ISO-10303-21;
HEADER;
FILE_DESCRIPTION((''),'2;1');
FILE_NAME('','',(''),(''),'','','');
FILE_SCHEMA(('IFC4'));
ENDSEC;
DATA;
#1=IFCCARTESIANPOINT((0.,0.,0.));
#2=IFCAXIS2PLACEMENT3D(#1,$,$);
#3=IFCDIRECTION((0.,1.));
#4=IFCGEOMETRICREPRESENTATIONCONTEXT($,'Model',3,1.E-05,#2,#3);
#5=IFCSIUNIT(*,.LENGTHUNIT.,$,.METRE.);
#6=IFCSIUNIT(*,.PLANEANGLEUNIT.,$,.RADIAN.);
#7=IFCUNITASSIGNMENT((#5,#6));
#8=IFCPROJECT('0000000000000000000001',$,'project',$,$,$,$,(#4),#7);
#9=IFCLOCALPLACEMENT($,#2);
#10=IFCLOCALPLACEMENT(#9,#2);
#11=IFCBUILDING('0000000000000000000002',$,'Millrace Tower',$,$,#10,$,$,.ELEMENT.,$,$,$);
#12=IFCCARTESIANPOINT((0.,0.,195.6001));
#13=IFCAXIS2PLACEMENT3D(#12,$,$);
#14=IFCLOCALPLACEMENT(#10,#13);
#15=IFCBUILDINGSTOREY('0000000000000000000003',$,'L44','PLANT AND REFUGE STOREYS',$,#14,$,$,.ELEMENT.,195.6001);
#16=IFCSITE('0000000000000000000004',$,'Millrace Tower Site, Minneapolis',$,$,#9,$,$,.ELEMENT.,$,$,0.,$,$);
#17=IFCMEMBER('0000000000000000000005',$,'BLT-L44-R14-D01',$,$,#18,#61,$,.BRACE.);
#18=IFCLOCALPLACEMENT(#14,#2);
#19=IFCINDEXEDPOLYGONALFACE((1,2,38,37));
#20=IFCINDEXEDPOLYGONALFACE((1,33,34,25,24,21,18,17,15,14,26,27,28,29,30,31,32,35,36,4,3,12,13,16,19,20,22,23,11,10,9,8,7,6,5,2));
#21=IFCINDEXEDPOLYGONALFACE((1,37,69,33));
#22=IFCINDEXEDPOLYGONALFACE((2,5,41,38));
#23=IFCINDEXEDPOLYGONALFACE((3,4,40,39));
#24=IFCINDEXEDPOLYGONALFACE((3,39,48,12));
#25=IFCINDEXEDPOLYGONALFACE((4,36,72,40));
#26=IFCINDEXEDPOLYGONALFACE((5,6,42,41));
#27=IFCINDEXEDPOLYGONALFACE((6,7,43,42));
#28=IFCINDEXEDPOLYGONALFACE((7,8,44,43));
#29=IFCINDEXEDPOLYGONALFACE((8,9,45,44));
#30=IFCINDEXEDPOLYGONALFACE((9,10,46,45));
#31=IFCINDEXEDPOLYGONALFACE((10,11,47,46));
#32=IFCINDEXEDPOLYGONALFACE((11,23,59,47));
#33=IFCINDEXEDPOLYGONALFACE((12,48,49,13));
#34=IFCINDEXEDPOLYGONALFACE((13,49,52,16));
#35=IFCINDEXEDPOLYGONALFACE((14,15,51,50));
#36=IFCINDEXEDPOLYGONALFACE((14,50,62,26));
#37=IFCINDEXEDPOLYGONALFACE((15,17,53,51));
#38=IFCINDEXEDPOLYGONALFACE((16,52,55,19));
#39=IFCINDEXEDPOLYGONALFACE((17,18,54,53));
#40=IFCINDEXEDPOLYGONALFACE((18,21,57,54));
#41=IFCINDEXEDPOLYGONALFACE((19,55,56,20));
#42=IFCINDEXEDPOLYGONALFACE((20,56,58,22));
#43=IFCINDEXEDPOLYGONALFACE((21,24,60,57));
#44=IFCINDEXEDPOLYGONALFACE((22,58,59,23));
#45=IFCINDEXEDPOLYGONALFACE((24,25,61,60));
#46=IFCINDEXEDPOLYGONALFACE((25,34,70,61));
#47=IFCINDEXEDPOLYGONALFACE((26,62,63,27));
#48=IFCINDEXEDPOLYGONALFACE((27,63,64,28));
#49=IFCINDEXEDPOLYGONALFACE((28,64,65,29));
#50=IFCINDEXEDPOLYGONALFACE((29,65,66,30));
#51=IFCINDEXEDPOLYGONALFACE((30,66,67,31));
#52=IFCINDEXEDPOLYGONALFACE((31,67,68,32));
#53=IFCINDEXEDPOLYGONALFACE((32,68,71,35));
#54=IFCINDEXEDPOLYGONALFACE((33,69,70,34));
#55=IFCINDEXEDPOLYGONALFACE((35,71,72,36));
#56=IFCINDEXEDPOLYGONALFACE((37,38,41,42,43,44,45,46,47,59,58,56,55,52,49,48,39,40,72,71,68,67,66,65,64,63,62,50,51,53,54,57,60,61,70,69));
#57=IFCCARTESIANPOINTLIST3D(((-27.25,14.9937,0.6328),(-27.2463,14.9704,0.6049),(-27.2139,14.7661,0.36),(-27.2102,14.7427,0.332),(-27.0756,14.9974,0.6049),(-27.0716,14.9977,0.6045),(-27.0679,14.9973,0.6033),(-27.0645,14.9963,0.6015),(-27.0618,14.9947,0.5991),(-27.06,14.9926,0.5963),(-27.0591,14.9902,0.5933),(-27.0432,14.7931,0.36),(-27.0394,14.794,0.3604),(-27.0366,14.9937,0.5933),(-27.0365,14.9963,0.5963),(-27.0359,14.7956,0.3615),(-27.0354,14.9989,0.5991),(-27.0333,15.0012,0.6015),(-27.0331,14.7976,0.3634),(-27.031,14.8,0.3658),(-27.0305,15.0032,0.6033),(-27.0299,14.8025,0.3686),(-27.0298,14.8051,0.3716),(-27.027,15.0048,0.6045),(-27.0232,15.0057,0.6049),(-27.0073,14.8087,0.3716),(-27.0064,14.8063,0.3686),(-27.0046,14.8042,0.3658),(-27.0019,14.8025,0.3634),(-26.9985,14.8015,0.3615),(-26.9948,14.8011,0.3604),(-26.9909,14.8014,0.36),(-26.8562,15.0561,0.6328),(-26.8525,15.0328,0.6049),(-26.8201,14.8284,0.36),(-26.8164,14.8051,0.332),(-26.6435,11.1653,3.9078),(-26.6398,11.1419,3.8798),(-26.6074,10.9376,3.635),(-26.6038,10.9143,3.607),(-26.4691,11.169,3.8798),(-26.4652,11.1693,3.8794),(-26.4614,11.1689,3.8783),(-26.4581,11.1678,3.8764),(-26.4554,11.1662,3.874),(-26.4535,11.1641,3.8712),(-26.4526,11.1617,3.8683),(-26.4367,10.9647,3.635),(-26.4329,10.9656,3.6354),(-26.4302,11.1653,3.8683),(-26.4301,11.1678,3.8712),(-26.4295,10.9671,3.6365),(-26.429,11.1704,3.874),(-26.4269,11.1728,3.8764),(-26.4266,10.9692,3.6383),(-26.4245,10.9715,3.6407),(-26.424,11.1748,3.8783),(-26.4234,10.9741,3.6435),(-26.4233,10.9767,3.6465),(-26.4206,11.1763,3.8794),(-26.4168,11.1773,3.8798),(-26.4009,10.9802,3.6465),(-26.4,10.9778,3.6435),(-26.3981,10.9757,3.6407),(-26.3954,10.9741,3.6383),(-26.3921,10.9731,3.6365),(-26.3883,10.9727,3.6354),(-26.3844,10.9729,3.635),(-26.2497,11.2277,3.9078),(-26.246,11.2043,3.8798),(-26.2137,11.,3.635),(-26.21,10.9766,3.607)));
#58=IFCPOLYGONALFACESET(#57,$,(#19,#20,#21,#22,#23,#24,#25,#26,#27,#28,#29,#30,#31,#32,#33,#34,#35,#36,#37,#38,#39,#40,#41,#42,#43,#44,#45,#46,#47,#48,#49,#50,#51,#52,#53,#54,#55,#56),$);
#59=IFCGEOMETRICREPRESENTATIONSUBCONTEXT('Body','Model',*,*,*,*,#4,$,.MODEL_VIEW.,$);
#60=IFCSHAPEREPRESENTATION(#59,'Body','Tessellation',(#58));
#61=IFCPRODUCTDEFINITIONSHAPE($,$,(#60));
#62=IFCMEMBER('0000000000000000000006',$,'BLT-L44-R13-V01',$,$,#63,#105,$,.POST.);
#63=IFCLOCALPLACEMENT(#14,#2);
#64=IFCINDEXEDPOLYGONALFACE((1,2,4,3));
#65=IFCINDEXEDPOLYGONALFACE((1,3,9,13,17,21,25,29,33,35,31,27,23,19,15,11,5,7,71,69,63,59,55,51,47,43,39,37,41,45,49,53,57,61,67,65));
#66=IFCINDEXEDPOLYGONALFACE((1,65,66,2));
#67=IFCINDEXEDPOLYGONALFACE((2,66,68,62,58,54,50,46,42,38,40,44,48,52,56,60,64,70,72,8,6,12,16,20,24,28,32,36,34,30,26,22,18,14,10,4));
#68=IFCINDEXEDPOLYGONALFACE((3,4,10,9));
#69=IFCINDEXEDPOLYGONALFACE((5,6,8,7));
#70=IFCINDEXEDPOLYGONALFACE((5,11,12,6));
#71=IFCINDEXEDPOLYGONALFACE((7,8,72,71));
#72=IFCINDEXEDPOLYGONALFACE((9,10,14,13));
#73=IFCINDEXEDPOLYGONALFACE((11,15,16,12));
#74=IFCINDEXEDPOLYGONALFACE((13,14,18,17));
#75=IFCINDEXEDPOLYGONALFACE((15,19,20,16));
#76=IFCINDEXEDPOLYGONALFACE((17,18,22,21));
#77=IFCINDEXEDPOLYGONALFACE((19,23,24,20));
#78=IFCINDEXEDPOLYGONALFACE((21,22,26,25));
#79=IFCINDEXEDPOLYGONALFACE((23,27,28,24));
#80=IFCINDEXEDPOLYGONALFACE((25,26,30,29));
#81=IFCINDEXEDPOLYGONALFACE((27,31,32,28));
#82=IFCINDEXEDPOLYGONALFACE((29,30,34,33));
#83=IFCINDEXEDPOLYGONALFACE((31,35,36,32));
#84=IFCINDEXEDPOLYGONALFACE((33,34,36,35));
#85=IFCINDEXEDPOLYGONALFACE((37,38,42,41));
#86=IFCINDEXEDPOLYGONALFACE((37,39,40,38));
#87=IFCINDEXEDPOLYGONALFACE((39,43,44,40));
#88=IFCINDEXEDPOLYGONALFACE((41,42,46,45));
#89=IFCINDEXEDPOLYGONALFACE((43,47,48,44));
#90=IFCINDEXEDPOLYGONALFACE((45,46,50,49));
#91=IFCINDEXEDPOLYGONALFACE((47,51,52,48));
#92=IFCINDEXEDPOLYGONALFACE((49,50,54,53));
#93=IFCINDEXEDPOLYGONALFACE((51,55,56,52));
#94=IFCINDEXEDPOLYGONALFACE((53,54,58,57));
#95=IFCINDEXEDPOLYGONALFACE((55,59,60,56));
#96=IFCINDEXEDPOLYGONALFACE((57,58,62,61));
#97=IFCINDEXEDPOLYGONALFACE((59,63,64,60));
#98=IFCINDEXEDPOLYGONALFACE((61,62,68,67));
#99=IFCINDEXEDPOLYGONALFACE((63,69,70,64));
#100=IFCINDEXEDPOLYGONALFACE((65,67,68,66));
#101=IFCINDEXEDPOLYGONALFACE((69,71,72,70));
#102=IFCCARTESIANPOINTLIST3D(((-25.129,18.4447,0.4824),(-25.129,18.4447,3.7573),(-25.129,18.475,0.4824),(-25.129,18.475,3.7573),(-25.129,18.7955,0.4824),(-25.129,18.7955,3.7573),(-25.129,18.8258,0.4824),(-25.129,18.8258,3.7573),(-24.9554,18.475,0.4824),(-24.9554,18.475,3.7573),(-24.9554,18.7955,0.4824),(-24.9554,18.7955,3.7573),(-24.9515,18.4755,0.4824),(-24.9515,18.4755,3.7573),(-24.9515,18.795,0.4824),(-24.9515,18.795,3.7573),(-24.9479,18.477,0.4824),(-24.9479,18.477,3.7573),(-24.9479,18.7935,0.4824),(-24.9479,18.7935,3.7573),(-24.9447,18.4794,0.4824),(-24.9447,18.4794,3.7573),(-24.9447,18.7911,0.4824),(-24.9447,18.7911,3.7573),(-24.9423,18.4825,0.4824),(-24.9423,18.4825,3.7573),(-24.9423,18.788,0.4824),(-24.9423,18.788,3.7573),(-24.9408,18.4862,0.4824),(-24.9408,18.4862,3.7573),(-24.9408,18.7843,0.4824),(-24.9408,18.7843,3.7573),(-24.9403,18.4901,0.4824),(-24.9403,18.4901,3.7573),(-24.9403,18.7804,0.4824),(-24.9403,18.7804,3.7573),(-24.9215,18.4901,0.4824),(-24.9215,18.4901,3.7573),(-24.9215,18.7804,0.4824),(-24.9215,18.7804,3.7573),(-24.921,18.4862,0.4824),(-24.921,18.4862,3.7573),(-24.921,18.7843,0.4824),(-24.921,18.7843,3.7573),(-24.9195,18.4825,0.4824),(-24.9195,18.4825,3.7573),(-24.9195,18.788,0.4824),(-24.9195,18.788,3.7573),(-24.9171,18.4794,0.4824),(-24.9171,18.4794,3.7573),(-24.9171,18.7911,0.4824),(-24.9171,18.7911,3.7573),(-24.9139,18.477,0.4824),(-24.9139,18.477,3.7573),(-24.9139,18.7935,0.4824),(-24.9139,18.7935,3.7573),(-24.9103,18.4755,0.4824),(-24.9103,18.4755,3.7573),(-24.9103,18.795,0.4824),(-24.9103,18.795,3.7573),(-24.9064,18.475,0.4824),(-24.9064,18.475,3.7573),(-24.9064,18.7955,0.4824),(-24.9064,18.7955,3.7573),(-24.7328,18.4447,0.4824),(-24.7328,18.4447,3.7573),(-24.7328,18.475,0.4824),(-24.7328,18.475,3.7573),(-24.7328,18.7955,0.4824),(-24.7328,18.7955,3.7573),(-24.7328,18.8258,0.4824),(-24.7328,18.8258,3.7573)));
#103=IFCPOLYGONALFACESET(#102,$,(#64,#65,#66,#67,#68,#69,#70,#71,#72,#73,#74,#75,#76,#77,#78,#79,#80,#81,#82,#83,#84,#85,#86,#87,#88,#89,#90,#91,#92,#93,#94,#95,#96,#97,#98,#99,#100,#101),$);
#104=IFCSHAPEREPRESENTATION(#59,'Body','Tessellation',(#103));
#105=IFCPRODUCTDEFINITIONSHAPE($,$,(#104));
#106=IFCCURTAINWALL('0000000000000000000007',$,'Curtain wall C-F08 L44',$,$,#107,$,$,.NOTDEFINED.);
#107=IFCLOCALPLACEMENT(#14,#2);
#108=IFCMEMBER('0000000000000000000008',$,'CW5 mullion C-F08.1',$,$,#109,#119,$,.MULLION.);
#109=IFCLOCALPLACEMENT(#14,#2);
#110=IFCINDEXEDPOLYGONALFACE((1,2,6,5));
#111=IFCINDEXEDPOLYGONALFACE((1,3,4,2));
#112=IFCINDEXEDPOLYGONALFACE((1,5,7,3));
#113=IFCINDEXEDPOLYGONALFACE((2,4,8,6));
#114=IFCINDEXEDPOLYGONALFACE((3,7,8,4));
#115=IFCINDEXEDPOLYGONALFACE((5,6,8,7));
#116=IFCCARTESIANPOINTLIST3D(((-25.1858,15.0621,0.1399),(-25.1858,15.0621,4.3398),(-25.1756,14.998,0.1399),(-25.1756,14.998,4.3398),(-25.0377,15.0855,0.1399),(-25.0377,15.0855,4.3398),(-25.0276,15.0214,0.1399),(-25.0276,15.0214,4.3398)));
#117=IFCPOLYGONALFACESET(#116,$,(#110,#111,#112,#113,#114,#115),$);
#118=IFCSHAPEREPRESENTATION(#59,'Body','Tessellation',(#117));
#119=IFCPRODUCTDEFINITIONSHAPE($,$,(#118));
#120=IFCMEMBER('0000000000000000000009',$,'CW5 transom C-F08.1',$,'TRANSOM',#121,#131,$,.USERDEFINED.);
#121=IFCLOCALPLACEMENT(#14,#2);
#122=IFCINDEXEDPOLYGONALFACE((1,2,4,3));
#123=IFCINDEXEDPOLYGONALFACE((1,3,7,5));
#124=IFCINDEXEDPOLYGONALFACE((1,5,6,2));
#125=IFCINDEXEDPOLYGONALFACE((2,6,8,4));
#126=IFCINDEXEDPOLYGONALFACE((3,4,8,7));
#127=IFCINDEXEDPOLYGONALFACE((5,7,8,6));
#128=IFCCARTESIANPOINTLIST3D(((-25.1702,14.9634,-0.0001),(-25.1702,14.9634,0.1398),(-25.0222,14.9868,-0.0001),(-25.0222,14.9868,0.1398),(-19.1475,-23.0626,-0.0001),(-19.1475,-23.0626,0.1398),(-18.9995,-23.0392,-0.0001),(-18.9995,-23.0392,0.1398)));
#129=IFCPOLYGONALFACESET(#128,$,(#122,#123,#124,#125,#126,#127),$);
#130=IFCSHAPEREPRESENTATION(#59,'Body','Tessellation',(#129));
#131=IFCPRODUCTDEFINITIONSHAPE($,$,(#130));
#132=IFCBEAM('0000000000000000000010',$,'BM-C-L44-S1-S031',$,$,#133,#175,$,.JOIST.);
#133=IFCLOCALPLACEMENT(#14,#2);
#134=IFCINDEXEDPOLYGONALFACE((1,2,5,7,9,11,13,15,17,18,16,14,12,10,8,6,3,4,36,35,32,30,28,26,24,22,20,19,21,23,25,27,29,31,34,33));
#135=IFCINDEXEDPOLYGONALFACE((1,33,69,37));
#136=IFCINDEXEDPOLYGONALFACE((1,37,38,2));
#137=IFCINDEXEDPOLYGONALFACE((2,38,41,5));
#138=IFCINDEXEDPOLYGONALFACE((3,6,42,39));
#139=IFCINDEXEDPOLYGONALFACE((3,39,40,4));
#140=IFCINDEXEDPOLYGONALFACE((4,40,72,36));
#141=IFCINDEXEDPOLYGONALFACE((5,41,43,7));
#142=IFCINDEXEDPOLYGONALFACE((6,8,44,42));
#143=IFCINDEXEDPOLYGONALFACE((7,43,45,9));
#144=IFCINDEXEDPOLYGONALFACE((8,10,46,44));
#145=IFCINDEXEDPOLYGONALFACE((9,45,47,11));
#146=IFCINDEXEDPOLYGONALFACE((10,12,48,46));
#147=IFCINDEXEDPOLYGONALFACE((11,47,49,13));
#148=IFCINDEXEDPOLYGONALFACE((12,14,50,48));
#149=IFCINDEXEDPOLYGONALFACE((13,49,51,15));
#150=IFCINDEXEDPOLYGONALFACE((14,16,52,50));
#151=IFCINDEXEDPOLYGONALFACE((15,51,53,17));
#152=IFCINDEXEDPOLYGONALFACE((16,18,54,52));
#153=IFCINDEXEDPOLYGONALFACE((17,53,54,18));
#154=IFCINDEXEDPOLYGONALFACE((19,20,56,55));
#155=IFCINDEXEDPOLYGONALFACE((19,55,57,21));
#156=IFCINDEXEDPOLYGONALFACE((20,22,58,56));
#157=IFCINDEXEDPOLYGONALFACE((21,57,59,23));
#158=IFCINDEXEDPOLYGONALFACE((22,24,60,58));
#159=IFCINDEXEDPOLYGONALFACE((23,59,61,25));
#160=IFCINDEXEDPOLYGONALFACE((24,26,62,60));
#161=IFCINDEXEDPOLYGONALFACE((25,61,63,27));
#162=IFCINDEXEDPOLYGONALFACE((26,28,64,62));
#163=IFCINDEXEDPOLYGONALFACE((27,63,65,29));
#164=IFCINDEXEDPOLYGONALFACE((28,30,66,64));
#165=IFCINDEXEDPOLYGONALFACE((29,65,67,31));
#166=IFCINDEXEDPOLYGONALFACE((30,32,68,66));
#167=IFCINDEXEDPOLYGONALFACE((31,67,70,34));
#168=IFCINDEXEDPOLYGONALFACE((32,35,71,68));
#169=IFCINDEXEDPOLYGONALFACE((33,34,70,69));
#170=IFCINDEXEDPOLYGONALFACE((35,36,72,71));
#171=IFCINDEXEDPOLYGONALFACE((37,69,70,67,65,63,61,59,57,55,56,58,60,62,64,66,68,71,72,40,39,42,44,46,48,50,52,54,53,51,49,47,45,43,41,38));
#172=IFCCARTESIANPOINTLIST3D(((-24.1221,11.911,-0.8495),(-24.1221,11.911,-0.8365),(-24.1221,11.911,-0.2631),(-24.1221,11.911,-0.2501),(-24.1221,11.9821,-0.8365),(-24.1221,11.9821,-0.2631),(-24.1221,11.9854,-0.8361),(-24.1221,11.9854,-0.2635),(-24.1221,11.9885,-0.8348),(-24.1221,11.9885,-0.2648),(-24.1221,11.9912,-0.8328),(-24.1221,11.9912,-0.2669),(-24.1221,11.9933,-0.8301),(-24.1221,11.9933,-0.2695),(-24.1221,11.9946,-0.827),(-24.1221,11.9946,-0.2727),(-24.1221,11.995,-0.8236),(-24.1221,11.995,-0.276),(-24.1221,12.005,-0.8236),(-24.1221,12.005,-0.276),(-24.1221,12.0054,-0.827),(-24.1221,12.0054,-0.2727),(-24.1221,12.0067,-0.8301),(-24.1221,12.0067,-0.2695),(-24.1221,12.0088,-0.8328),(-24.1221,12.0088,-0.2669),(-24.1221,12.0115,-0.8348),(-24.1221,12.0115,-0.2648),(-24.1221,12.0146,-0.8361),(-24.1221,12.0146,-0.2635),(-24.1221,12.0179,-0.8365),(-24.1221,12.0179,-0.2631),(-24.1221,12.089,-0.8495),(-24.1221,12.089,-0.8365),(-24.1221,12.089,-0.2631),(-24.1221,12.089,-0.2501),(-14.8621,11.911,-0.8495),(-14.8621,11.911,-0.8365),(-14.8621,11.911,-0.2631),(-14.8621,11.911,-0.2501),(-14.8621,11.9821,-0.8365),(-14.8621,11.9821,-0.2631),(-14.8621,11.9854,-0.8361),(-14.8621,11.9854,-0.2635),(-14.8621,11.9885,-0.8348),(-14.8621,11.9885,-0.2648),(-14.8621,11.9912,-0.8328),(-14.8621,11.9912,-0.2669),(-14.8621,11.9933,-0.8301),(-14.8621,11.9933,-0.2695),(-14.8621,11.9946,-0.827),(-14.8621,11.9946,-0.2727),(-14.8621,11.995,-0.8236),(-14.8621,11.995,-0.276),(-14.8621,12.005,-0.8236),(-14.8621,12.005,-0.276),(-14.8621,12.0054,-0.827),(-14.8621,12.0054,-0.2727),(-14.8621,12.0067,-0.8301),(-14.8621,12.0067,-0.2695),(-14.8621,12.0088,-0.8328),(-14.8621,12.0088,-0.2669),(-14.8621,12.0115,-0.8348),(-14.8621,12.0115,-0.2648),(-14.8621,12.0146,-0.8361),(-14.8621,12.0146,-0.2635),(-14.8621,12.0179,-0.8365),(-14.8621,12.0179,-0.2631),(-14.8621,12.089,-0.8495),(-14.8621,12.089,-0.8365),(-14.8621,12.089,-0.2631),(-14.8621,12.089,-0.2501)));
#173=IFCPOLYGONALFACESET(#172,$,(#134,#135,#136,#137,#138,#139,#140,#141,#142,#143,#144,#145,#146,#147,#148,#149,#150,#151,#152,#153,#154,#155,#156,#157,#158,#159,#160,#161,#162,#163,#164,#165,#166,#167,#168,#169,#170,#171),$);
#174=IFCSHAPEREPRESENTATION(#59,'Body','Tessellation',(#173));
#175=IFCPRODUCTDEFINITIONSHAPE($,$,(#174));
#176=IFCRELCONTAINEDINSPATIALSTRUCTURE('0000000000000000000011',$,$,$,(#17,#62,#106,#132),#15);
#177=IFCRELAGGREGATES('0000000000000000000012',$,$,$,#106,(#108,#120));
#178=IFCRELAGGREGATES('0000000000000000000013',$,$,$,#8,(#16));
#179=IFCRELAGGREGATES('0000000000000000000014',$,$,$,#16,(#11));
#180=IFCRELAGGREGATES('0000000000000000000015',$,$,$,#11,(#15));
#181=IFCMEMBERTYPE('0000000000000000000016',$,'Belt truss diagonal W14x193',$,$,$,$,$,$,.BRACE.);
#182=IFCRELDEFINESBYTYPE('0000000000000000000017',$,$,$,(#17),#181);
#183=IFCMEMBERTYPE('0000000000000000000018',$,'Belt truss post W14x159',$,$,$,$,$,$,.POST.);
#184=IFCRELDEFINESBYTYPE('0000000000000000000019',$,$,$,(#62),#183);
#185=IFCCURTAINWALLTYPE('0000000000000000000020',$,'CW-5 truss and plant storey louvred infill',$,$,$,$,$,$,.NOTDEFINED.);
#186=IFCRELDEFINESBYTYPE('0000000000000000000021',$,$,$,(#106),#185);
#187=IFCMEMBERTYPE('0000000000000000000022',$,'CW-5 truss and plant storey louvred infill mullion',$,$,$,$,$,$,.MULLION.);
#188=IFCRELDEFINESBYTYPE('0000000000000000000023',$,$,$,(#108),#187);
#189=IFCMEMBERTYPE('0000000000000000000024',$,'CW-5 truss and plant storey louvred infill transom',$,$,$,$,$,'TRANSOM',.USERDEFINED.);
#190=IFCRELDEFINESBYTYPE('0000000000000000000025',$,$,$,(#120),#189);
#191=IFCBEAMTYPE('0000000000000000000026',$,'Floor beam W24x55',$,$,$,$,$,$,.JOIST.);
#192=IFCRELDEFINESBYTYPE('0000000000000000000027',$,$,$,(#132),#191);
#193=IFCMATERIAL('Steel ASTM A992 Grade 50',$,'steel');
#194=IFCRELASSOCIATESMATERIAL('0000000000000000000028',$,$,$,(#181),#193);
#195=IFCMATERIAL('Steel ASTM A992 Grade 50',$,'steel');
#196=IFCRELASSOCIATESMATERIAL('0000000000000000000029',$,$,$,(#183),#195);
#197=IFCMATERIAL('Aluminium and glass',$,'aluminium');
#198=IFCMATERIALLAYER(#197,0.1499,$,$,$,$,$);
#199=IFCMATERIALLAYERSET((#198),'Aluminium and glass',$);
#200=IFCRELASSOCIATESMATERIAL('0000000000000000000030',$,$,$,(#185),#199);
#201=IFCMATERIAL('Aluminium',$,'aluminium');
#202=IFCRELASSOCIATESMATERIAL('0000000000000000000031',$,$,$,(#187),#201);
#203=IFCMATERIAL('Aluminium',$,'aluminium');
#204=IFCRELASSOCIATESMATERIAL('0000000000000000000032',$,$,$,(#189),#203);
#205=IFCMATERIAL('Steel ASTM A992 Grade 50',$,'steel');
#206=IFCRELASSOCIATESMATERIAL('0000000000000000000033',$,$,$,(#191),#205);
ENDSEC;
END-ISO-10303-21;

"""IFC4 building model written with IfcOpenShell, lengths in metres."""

from ifc_helpers import new_model, si_unit, direction, frame, origin, origin_2d, place, context, subcontext, project, spatial, rectangle, i_section, extrude, material, layer, layer_set, material_profile, profile_set, type_object, element, aggregate, save


model = new_model("IFC4")

# Units and contexts
model_context = context("Model", 3, precision=1e-05, world=origin(), true_north=direction((0.0, 1.0)))
body_context = subcontext(model_context, "Body", "Model", "MODEL_VIEW")
ifc_project = project(units=[si_unit("LENGTHUNIT", "METRE"), si_unit("PLANEANGLEUNIT", "RADIAN")], contexts=[model_context])

# Site, building, storey
site_placement = place(None, origin())
site = spatial("IfcSite", under=ifc_project, at=site_placement, Name="Millrace Tower Site, Minneapolis", CompositionType="ELEMENT", RefElevation=0.0)
building_placement = place(site_placement, origin())
building = spatial("IfcBuilding", under=site, at=building_placement, Name="Millrace Tower", CompositionType="ELEMENT")
storey_placement = place(building_placement, frame((0.0, 0.0, 195.6001)))
storey = spatial("IfcBuildingStorey", under=building, at=storey_placement, Name="L44", Description="PLANT AND REFUGE STOREYS", CompositionType="ELEMENT", Elevation=195.6001)

# Members
ifc_material_1 = material(Name="Steel ASTM A992 Grade 50", Category="steel")
ifc_material_profile_1 = material_profile(ifc_material_1, i_section(OverallWidth=0.3987, OverallDepth=0.3938, WebThickness=0.0227, FlangeThickness=0.0366, FilletRadius=0.0151, at=origin_2d()))
ifc_profile_set_1 = profile_set([ifc_material_profile_1], Name="Steel ASTM A992 Grade 50")
member_type_1 = type_object("IfcMemberType", Name="Belt truss diagonal W14x193", PredefinedType="BRACE", material=ifc_profile_set_1)
member_1_placement = place(storey_placement, frame((-27.0332, 14.8994, 0.4824), z_axis=(0.119512, -0.754453, 0.645382), x_axis=(0.987685, 0.156457, 0.0)))
element("IfcMember", 1, at=member_1_placement, inside=storey, type_object=member_type_1, Name="BLT-L44-R14-D01", PredefinedType="BRACE", context=body_context, shape_type="SweptSolid", body=[
    extrude(i_section(OverallWidth=0.3987, OverallDepth=0.3938, WebThickness=0.0227, FlangeThickness=0.0366, FilletRadius=0.0151, at=origin_2d()), origin(), (0.0, 0.0, 1.0), 5.0745),
])
ifc_material_2 = material(Name="Steel ASTM A992 Grade 50", Category="steel")
ifc_material_profile_2 = material_profile(ifc_material_2, i_section(OverallWidth=0.3962, OverallDepth=0.3811, WebThickness=0.0188, FlangeThickness=0.0303, FilletRadius=0.0151, at=origin_2d()))
ifc_profile_set_2 = profile_set([ifc_material_profile_2], Name="Steel ASTM A992 Grade 50")
member_type_2 = type_object("IfcMemberType", Name="Belt truss post W14x159", PredefinedType="POST", material=ifc_profile_set_2)
member_2_placement = place(storey_placement, frame((-24.9309, 18.6353, 0.4824), z_axis=(0.0, 0.0, 1.0), x_axis=(1.0, 0.0, 0.0)))
element("IfcMember", 2, at=member_2_placement, inside=storey, type_object=member_type_2, Name="BLT-L44-R13-V01", PredefinedType="POST", context=body_context, shape_type="SweptSolid", body=[
    extrude(i_section(OverallWidth=0.3962, OverallDepth=0.3811, WebThickness=0.0188, FlangeThickness=0.0303, FilletRadius=0.0151, at=origin_2d()), origin(), (0.0, 0.0, 1.0), 3.2749),
])

# Curtain wall, members
ifc_material_3 = material(Name="Aluminium and glass", Category="aluminium")
ifc_layer_1 = layer(ifc_material_3, 0.1499)
ifc_layer_set_1 = layer_set([ifc_layer_1], Name="Aluminium and glass")
curtain_wall_type = type_object("IfcCurtainWallType", Name="CW-5 truss and plant storey louvred infill", PredefinedType="NOTDEFINED", material=ifc_layer_set_1)
curtain_wall_placement = place(storey_placement, origin())
curtain_wall = element("IfcCurtainWall", 3, at=curtain_wall_placement, inside=storey, type_object=curtain_wall_type, Name="Curtain wall C-F08 L44", PredefinedType="NOTDEFINED")
ifc_material_4 = material(Name="Aluminium", Category="aluminium")
ifc_material_profile_3 = material_profile(ifc_material_4, rectangle(XDim=0.0649, YDim=0.1499, at=origin_2d()))
ifc_profile_set_3 = profile_set([ifc_material_profile_3], Name="Aluminium")
member_type_3 = type_object("IfcMemberType", Name="CW-5 truss and plant storey louvred infill mullion", PredefinedType="MULLION", material=ifc_profile_set_3)
member_3_placement = place(storey_placement, frame((-25.1067, 15.0417, 0.1399), z_axis=(0.0, 0.0, 1.0), x_axis=(0.156434, -0.987688, 0.0)))
member_3 = element("IfcMember", 4, at=member_3_placement, type_object=member_type_3, Name="CW5 mullion C-F08.1", PredefinedType="MULLION", context=body_context, shape_type="SweptSolid", body=[
    extrude(rectangle(XDim=0.0649, YDim=0.1499, at=origin_2d()), origin(), (0.0, 0.0, 1.0), 4.2),
])
ifc_material_5 = material(Name="Aluminium", Category="aluminium")
ifc_material_profile_4 = material_profile(ifc_material_5, rectangle(XDim=0.1499, YDim=0.1399, at=origin_2d()))
ifc_profile_set_4 = profile_set([ifc_material_profile_4], Name="Aluminium")
member_type_4 = type_object("IfcMemberType", Name="CW-5 truss and plant storey louvred infill transom", ElementType="TRANSOM", PredefinedType="USERDEFINED", material=ifc_profile_set_4)
member_4_placement = place(storey_placement, frame((-25.0962, 14.9751, 0.0698), z_axis=(0.156433, -0.987689, 0.0), x_axis=(0.987689, 0.156433, 0.0)))
member_4 = element("IfcMember", 5, at=member_4_placement, type_object=member_type_4, Name="CW5 transom C-F08.1", ObjectType="TRANSOM", PredefinedType="USERDEFINED", context=body_context, shape_type="SweptSolid", body=[
    extrude(rectangle(XDim=0.1499, YDim=0.1399, at=origin_2d()), origin(), (0.0, 0.0, 1.0), 38.5),
])
aggregate(curtain_wall, [member_3, member_4])

# Beam
ifc_material_6 = material(Name="Steel ASTM A992 Grade 50", Category="steel")
ifc_material_profile_5 = material_profile(ifc_material_6, i_section(OverallWidth=0.178, OverallDepth=0.5994, WebThickness=0.01, FlangeThickness=0.0129, FilletRadius=0.0129, at=origin_2d()))
ifc_profile_set_5 = profile_set([ifc_material_profile_5], Name="Steel ASTM A992 Grade 50")
beam_type_1 = type_object("IfcBeamType", Name="Floor beam W24x55", PredefinedType="JOIST", material=ifc_profile_set_5)
beam_1_placement = place(storey_placement, frame((-24.1221, 12.0, -0.5498), z_axis=(1.0, 0.0, 0.0), x_axis=(0.0, 1.0, 0.0)))
element("IfcBeam", 6, at=beam_1_placement, inside=storey, type_object=beam_type_1, Name="BM-C-L44-S1-S031", PredefinedType="JOIST", context=body_context, shape_type="SweptSolid", body=[
    extrude(i_section(OverallWidth=0.178, OverallDepth=0.5994, WebThickness=0.01, FlangeThickness=0.0129, FilletRadius=0.0129, at=origin_2d()), origin(), (0.0, 0.0, 1.0), 9.26),
])

save(model, "model.ifc")
